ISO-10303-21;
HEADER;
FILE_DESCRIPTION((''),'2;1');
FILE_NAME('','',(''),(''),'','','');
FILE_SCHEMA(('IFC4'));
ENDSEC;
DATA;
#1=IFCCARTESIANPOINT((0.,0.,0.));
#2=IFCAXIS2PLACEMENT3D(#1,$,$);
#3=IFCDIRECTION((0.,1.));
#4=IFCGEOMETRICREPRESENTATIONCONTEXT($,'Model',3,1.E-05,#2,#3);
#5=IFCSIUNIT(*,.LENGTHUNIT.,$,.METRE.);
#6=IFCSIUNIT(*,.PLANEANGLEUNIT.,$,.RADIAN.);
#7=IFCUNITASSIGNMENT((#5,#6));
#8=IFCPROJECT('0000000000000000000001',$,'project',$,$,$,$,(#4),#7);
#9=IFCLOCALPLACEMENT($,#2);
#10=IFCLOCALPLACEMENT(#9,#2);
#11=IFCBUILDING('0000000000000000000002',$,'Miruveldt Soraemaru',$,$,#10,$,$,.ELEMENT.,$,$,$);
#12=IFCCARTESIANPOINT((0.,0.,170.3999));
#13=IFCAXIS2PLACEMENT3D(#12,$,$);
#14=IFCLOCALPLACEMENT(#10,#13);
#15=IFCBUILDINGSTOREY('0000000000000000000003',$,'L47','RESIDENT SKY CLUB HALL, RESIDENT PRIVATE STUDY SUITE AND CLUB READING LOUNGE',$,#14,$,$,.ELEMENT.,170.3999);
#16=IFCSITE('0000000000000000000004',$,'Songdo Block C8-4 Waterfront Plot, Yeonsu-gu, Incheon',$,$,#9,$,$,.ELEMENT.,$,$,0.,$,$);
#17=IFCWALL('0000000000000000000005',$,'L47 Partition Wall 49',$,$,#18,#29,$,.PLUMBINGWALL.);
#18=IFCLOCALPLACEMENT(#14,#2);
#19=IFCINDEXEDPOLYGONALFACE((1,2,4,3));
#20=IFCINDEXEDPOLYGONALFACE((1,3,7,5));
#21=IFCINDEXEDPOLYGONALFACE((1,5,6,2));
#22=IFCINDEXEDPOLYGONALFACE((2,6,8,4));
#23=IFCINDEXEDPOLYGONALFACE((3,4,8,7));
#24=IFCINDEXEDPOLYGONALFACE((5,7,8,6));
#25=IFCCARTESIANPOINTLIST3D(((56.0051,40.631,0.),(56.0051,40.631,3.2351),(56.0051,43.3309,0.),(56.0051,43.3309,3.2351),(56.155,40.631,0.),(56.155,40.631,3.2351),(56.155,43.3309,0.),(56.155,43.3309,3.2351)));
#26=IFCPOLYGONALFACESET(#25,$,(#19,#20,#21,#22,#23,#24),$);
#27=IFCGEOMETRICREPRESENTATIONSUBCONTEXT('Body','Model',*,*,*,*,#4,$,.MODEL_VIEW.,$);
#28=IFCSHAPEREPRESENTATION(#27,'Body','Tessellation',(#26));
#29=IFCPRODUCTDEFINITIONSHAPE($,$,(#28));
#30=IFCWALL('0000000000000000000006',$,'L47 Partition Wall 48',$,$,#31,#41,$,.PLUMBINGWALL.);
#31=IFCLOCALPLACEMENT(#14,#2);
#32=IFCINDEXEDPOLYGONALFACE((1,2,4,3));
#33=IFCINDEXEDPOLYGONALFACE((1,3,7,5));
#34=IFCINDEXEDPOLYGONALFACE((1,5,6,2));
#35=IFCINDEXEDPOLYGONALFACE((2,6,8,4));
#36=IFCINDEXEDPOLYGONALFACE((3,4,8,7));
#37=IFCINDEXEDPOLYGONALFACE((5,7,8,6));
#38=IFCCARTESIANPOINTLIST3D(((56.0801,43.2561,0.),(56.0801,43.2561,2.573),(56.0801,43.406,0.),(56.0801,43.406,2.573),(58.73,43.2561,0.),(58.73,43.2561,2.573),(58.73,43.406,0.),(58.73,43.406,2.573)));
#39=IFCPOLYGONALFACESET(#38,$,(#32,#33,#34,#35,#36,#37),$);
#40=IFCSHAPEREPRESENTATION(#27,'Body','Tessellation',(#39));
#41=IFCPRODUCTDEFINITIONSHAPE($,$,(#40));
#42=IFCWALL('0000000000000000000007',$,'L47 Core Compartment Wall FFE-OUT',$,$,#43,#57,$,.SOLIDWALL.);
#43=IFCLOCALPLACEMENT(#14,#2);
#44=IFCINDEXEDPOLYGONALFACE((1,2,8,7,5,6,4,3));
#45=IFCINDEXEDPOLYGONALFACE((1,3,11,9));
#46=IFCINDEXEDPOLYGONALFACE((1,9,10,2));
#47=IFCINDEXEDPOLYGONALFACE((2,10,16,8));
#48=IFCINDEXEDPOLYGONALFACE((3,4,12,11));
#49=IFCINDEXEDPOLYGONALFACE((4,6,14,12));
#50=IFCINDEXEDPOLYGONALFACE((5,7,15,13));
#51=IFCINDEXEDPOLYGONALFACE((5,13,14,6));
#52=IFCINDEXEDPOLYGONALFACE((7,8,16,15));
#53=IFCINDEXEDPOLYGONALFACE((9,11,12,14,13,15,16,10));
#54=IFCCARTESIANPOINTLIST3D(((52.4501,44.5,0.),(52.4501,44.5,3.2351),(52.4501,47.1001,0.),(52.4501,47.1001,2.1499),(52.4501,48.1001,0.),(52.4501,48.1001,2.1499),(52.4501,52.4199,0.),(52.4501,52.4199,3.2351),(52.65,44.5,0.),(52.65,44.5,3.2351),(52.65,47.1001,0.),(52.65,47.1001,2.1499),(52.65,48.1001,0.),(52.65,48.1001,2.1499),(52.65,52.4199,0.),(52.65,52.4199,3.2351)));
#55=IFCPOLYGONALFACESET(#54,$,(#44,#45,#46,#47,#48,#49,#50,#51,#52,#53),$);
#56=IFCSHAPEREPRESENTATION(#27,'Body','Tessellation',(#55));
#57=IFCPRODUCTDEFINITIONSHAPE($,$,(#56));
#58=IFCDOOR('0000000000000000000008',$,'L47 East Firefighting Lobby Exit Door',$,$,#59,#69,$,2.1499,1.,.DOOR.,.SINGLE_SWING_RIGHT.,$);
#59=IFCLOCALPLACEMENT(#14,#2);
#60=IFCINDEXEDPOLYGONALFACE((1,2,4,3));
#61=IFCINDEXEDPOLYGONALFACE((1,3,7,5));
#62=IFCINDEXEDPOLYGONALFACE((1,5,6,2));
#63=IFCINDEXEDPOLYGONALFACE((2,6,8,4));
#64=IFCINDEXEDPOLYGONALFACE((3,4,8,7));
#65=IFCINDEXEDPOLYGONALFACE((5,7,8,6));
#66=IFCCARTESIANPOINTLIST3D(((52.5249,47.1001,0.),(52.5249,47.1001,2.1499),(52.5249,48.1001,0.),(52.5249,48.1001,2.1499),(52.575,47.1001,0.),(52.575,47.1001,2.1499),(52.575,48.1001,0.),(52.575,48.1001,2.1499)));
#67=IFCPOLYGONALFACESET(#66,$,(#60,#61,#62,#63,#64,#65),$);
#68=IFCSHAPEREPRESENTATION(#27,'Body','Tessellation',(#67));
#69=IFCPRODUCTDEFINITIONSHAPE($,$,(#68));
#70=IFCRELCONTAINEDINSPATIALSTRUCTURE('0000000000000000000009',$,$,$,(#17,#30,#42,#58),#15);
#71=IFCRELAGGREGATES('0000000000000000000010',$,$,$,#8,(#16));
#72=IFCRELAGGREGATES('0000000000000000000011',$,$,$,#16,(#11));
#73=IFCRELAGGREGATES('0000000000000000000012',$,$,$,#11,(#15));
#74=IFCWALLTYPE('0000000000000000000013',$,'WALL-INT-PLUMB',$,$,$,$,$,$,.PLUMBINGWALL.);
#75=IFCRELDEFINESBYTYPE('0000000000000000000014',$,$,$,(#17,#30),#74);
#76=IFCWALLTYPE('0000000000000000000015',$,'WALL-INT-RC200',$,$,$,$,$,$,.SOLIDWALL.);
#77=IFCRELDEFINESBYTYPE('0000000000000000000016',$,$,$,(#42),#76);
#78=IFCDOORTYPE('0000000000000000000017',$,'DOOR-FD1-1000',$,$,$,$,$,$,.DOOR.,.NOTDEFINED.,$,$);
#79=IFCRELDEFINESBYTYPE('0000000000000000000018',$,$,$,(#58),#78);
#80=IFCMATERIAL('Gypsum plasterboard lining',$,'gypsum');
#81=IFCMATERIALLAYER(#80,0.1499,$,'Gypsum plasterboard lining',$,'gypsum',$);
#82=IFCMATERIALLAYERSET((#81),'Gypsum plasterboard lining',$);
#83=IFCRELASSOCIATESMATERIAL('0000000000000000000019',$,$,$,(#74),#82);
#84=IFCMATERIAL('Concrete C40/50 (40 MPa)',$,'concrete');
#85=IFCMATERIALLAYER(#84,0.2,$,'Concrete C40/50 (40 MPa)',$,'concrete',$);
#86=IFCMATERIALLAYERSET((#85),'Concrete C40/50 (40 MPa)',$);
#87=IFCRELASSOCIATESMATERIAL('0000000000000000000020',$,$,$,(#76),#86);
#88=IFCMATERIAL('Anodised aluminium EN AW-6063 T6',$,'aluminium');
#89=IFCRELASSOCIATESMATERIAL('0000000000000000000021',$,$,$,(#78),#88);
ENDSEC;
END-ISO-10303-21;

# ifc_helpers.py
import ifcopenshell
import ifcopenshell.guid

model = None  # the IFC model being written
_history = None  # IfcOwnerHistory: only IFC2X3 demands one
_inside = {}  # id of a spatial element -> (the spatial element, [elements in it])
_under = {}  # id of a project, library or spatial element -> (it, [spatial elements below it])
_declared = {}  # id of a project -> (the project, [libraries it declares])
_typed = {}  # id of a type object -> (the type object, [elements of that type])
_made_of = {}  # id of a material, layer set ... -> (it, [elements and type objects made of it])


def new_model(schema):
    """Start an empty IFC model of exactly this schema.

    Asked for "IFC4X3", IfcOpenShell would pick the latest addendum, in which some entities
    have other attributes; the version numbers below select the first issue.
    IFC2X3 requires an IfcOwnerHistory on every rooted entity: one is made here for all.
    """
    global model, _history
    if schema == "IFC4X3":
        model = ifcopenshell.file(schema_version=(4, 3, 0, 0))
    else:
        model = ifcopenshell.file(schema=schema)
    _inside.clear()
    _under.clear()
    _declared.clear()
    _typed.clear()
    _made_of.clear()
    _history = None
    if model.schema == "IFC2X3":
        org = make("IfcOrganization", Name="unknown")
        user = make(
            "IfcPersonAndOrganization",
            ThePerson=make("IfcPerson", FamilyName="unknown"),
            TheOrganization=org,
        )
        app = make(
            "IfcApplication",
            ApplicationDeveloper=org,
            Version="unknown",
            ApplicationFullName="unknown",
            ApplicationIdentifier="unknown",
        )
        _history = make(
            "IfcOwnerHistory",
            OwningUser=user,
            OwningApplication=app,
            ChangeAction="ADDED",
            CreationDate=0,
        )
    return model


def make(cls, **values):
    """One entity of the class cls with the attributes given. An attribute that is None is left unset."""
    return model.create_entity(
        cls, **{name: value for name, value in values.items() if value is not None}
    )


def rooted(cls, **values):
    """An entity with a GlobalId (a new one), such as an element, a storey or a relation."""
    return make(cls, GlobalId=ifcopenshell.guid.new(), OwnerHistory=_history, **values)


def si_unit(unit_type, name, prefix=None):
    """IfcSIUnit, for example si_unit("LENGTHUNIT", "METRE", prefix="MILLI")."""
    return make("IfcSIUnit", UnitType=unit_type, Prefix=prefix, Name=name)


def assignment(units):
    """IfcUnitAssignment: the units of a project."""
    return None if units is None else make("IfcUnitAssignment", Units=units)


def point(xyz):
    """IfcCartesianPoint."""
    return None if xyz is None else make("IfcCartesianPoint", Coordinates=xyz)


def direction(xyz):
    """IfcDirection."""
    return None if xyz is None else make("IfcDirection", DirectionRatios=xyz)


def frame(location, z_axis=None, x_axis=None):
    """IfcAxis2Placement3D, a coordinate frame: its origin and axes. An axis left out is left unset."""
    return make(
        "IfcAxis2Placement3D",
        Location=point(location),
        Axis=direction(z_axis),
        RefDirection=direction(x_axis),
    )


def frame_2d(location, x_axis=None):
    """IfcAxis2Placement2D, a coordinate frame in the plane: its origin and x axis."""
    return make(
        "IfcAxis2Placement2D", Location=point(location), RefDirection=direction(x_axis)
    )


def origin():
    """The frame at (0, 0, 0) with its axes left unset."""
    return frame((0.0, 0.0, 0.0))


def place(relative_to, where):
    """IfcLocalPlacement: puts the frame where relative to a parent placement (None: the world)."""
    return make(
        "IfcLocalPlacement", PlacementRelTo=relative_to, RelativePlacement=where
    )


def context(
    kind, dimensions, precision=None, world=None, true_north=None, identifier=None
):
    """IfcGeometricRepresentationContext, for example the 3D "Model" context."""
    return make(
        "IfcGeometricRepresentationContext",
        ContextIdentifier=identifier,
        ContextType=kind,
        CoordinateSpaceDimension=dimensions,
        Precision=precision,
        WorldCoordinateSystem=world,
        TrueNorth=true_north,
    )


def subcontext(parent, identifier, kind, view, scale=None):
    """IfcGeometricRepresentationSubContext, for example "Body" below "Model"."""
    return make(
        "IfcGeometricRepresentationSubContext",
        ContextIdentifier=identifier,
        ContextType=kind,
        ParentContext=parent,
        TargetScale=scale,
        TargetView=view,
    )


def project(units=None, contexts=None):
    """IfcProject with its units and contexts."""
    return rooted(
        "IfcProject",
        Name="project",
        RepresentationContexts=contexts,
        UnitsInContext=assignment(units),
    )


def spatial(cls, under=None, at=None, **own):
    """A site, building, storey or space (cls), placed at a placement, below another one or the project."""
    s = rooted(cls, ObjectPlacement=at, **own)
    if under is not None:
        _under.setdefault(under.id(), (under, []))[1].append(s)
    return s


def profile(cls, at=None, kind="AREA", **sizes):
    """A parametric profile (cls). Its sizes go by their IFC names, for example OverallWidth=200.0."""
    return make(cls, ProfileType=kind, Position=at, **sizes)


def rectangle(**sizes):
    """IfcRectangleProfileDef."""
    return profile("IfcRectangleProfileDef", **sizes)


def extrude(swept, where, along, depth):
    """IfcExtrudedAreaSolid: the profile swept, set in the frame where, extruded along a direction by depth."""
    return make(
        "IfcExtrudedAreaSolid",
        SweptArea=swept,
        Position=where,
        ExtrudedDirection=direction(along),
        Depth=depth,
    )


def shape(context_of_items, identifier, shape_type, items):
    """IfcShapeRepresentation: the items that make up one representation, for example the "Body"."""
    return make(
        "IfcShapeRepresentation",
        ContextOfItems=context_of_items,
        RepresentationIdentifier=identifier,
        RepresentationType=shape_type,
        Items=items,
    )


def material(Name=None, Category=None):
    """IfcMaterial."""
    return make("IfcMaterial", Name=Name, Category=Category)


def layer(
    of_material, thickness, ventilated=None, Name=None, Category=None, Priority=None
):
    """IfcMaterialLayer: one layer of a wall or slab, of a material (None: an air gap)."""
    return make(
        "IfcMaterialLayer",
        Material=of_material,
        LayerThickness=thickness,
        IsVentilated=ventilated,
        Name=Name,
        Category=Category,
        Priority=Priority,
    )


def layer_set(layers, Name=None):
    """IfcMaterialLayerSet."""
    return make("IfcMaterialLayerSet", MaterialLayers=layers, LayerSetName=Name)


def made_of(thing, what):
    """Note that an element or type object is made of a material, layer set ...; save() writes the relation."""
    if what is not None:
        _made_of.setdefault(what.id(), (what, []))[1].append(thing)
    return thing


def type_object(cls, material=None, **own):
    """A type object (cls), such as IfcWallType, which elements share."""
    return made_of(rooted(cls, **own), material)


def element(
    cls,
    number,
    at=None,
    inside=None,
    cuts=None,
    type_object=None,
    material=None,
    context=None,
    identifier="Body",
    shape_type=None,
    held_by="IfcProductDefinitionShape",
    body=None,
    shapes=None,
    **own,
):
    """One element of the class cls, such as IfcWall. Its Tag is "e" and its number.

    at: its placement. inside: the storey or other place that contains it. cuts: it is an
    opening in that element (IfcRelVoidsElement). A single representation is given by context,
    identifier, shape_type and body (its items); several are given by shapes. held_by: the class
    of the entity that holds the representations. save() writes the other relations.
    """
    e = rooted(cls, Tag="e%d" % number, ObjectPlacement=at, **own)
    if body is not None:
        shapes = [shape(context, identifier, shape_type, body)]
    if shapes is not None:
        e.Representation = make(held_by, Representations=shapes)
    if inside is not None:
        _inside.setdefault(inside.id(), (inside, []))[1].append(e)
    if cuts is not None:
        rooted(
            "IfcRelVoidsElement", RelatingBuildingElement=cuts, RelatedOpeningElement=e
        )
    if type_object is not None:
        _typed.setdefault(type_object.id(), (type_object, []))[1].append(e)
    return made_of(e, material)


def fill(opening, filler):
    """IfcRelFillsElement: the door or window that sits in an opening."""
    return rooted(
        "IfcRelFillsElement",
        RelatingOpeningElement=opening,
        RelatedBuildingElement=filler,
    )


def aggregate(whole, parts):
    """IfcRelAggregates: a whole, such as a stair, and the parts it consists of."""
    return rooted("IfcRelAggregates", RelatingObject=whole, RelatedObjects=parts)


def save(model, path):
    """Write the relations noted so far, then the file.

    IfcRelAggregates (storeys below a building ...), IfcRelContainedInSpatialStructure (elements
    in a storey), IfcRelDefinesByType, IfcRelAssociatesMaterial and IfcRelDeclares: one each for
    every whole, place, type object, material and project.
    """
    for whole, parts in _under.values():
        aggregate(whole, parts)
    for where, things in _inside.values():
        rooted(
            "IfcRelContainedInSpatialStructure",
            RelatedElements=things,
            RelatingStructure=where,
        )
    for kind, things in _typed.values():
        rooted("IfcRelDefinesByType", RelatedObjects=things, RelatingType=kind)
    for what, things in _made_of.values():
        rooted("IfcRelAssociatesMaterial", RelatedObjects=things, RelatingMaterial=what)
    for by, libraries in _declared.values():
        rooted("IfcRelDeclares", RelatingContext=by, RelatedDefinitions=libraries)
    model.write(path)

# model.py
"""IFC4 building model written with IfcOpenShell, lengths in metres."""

from ifc_helpers import new_model, si_unit, direction, frame, frame_2d, origin, place, context, subcontext, project, spatial, rectangle, extrude, material, layer, layer_set, type_object, element, fill, save


model = new_model("IFC4")

# Units and contexts
model_context = context("Model", 3, precision=1e-05, world=origin(), true_north=direction((0.0, 1.0)))
body_context = subcontext(model_context, "Body", "Model", "MODEL_VIEW")
ifc_project = project(units=[si_unit("LENGTHUNIT", "METRE"), si_unit("PLANEANGLEUNIT", "RADIAN")], contexts=[model_context])

# Site, building, storey
site_placement = place(None, origin())
site = spatial("IfcSite", under=ifc_project, at=site_placement, Name="Songdo Block C8-4 Waterfront Plot, Yeonsu-gu, Incheon", CompositionType="ELEMENT", RefElevation=0.0)
building_placement = place(site_placement, origin())
building = spatial("IfcBuilding", under=site, at=building_placement, Name="Miruveldt Soraemaru", CompositionType="ELEMENT")
storey_placement = place(building_placement, frame((0.0, 0.0, 170.3999)))
storey = spatial("IfcBuildingStorey", under=building, at=storey_placement, Name="L47", Description="RESIDENT SKY CLUB HALL, RESIDENT PRIVATE STUDY SUITE AND CLUB READING LOUNGE", CompositionType="ELEMENT", Elevation=170.3999)

# Walls
ifc_material_1 = material(Name="Gypsum plasterboard lining", Category="gypsum")
ifc_layer_1 = layer(ifc_material_1, 0.1499, Name="Gypsum plasterboard lining", Category="gypsum")
ifc_layer_set_1 = layer_set([ifc_layer_1], Name="Gypsum plasterboard lining")
wall_type_1 = type_object("IfcWallType", Name="WALL-INT-PLUMB", PredefinedType="PLUMBINGWALL", material=ifc_layer_set_1)
wall_1_placement = place(storey_placement, frame((56.0801, 43.3311, 0.0), z_axis=(0.0, 0.0, 1.0), x_axis=(0.0, -1.0, 0.0)))
element("IfcWall", 1, at=wall_1_placement, inside=storey, type_object=wall_type_1, Name="L47 Partition Wall 49", PredefinedType="PLUMBINGWALL", context=body_context, shape_type="SweptSolid", body=[
    extrude(rectangle(XDim=2.7, YDim=0.1499, at=frame_2d((1.3501, 0.0))), origin(), (0.0, 0.0, 1.0), 3.2351),
])
wall_2_placement = place(storey_placement, frame((58.73, 43.3311, 0.0), z_axis=(0.0, 0.0, 1.0), x_axis=(-1.0, 0.0, 0.0)))
element("IfcWall", 2, at=wall_2_placement, inside=storey, type_object=wall_type_1, Name="L47 Partition Wall 48", PredefinedType="PLUMBINGWALL", context=body_context, shape_type="SweptSolid", body=[
    extrude(rectangle(XDim=2.6499, YDim=0.1499, at=frame_2d((1.325, 0.0))), origin(), (0.0, 0.0, 1.0), 2.573),
])

# Wall, opening, door
ifc_material_2 = material(Name="Concrete C40/50 (40 MPa)", Category="concrete")
ifc_layer_2 = layer(ifc_material_2, 0.2, Name="Concrete C40/50 (40 MPa)", Category="concrete")
ifc_layer_set_2 = layer_set([ifc_layer_2], Name="Concrete C40/50 (40 MPa)")
wall_type_2 = type_object("IfcWallType", Name="WALL-INT-RC200", PredefinedType="SOLIDWALL", material=ifc_layer_set_2)
wall_3_placement = place(storey_placement, frame((52.55, 44.5, 0.0), z_axis=(0.0, 0.0, 1.0), x_axis=(0.0, 1.0, 0.0)))
wall_3 = element("IfcWall", 3, at=wall_3_placement, inside=storey, type_object=wall_type_2, Name="L47 Core Compartment Wall FFE-OUT", PredefinedType="SOLIDWALL", context=body_context, shape_type="SweptSolid", body=[
    extrude(rectangle(XDim=7.9199, YDim=0.2, at=frame_2d((3.96, 0.0))), origin(), (0.0, 0.0, 1.0), 3.2351),
])
opening_1_placement = place(wall_3_placement, frame((2.6001, 0.0, 0.0)))
opening_1 = element("IfcOpeningElement", 4, at=opening_1_placement, cuts=wall_3, PredefinedType="OPENING", context=body_context, shape_type="SweptSolid", body=[
    extrude(rectangle(XDim=1.0, YDim=2.1499, at=frame_2d((0.5, 1.075))), frame((0.0, 0.1099, 0.0), z_axis=(0.0, -1.0, 0.0), x_axis=(1.0, 0.0, 0.0)), (0.0, 0.0, 1.0), 0.22),
])
ifc_material_3 = material(Name="Anodised aluminium EN AW-6063 T6", Category="aluminium")
door_type = type_object("IfcDoorType", Name="DOOR-FD1-1000", OperationType="NOTDEFINED", PredefinedType="DOOR", material=ifc_material_3)
door_placement = place(opening_1_placement, frame((1.0, 0.0, 0.0), z_axis=(0.0, 0.0, 1.0), x_axis=(-1.0, 0.0, 0.0)))
door = element("IfcDoor", 5, at=door_placement, inside=storey, type_object=door_type, Name="L47 East Firefighting Lobby Exit Door", OperationType="SINGLE_SWING_RIGHT", OverallHeight=2.1499, OverallWidth=1.0, PredefinedType="DOOR", context=body_context, shape_type="SweptSolid", body=[
    extrude(rectangle(XDim=1.0, YDim=2.1499, at=frame_2d((0.5, 1.075))), frame((0.0, 0.0249, 0.0), z_axis=(0.0, -1.0, 0.0), x_axis=(1.0, 0.0, 0.0)), (0.0, 0.0, 1.0), 0.05),
])
fill(opening_1, door)

save(model, "model.ifc")
